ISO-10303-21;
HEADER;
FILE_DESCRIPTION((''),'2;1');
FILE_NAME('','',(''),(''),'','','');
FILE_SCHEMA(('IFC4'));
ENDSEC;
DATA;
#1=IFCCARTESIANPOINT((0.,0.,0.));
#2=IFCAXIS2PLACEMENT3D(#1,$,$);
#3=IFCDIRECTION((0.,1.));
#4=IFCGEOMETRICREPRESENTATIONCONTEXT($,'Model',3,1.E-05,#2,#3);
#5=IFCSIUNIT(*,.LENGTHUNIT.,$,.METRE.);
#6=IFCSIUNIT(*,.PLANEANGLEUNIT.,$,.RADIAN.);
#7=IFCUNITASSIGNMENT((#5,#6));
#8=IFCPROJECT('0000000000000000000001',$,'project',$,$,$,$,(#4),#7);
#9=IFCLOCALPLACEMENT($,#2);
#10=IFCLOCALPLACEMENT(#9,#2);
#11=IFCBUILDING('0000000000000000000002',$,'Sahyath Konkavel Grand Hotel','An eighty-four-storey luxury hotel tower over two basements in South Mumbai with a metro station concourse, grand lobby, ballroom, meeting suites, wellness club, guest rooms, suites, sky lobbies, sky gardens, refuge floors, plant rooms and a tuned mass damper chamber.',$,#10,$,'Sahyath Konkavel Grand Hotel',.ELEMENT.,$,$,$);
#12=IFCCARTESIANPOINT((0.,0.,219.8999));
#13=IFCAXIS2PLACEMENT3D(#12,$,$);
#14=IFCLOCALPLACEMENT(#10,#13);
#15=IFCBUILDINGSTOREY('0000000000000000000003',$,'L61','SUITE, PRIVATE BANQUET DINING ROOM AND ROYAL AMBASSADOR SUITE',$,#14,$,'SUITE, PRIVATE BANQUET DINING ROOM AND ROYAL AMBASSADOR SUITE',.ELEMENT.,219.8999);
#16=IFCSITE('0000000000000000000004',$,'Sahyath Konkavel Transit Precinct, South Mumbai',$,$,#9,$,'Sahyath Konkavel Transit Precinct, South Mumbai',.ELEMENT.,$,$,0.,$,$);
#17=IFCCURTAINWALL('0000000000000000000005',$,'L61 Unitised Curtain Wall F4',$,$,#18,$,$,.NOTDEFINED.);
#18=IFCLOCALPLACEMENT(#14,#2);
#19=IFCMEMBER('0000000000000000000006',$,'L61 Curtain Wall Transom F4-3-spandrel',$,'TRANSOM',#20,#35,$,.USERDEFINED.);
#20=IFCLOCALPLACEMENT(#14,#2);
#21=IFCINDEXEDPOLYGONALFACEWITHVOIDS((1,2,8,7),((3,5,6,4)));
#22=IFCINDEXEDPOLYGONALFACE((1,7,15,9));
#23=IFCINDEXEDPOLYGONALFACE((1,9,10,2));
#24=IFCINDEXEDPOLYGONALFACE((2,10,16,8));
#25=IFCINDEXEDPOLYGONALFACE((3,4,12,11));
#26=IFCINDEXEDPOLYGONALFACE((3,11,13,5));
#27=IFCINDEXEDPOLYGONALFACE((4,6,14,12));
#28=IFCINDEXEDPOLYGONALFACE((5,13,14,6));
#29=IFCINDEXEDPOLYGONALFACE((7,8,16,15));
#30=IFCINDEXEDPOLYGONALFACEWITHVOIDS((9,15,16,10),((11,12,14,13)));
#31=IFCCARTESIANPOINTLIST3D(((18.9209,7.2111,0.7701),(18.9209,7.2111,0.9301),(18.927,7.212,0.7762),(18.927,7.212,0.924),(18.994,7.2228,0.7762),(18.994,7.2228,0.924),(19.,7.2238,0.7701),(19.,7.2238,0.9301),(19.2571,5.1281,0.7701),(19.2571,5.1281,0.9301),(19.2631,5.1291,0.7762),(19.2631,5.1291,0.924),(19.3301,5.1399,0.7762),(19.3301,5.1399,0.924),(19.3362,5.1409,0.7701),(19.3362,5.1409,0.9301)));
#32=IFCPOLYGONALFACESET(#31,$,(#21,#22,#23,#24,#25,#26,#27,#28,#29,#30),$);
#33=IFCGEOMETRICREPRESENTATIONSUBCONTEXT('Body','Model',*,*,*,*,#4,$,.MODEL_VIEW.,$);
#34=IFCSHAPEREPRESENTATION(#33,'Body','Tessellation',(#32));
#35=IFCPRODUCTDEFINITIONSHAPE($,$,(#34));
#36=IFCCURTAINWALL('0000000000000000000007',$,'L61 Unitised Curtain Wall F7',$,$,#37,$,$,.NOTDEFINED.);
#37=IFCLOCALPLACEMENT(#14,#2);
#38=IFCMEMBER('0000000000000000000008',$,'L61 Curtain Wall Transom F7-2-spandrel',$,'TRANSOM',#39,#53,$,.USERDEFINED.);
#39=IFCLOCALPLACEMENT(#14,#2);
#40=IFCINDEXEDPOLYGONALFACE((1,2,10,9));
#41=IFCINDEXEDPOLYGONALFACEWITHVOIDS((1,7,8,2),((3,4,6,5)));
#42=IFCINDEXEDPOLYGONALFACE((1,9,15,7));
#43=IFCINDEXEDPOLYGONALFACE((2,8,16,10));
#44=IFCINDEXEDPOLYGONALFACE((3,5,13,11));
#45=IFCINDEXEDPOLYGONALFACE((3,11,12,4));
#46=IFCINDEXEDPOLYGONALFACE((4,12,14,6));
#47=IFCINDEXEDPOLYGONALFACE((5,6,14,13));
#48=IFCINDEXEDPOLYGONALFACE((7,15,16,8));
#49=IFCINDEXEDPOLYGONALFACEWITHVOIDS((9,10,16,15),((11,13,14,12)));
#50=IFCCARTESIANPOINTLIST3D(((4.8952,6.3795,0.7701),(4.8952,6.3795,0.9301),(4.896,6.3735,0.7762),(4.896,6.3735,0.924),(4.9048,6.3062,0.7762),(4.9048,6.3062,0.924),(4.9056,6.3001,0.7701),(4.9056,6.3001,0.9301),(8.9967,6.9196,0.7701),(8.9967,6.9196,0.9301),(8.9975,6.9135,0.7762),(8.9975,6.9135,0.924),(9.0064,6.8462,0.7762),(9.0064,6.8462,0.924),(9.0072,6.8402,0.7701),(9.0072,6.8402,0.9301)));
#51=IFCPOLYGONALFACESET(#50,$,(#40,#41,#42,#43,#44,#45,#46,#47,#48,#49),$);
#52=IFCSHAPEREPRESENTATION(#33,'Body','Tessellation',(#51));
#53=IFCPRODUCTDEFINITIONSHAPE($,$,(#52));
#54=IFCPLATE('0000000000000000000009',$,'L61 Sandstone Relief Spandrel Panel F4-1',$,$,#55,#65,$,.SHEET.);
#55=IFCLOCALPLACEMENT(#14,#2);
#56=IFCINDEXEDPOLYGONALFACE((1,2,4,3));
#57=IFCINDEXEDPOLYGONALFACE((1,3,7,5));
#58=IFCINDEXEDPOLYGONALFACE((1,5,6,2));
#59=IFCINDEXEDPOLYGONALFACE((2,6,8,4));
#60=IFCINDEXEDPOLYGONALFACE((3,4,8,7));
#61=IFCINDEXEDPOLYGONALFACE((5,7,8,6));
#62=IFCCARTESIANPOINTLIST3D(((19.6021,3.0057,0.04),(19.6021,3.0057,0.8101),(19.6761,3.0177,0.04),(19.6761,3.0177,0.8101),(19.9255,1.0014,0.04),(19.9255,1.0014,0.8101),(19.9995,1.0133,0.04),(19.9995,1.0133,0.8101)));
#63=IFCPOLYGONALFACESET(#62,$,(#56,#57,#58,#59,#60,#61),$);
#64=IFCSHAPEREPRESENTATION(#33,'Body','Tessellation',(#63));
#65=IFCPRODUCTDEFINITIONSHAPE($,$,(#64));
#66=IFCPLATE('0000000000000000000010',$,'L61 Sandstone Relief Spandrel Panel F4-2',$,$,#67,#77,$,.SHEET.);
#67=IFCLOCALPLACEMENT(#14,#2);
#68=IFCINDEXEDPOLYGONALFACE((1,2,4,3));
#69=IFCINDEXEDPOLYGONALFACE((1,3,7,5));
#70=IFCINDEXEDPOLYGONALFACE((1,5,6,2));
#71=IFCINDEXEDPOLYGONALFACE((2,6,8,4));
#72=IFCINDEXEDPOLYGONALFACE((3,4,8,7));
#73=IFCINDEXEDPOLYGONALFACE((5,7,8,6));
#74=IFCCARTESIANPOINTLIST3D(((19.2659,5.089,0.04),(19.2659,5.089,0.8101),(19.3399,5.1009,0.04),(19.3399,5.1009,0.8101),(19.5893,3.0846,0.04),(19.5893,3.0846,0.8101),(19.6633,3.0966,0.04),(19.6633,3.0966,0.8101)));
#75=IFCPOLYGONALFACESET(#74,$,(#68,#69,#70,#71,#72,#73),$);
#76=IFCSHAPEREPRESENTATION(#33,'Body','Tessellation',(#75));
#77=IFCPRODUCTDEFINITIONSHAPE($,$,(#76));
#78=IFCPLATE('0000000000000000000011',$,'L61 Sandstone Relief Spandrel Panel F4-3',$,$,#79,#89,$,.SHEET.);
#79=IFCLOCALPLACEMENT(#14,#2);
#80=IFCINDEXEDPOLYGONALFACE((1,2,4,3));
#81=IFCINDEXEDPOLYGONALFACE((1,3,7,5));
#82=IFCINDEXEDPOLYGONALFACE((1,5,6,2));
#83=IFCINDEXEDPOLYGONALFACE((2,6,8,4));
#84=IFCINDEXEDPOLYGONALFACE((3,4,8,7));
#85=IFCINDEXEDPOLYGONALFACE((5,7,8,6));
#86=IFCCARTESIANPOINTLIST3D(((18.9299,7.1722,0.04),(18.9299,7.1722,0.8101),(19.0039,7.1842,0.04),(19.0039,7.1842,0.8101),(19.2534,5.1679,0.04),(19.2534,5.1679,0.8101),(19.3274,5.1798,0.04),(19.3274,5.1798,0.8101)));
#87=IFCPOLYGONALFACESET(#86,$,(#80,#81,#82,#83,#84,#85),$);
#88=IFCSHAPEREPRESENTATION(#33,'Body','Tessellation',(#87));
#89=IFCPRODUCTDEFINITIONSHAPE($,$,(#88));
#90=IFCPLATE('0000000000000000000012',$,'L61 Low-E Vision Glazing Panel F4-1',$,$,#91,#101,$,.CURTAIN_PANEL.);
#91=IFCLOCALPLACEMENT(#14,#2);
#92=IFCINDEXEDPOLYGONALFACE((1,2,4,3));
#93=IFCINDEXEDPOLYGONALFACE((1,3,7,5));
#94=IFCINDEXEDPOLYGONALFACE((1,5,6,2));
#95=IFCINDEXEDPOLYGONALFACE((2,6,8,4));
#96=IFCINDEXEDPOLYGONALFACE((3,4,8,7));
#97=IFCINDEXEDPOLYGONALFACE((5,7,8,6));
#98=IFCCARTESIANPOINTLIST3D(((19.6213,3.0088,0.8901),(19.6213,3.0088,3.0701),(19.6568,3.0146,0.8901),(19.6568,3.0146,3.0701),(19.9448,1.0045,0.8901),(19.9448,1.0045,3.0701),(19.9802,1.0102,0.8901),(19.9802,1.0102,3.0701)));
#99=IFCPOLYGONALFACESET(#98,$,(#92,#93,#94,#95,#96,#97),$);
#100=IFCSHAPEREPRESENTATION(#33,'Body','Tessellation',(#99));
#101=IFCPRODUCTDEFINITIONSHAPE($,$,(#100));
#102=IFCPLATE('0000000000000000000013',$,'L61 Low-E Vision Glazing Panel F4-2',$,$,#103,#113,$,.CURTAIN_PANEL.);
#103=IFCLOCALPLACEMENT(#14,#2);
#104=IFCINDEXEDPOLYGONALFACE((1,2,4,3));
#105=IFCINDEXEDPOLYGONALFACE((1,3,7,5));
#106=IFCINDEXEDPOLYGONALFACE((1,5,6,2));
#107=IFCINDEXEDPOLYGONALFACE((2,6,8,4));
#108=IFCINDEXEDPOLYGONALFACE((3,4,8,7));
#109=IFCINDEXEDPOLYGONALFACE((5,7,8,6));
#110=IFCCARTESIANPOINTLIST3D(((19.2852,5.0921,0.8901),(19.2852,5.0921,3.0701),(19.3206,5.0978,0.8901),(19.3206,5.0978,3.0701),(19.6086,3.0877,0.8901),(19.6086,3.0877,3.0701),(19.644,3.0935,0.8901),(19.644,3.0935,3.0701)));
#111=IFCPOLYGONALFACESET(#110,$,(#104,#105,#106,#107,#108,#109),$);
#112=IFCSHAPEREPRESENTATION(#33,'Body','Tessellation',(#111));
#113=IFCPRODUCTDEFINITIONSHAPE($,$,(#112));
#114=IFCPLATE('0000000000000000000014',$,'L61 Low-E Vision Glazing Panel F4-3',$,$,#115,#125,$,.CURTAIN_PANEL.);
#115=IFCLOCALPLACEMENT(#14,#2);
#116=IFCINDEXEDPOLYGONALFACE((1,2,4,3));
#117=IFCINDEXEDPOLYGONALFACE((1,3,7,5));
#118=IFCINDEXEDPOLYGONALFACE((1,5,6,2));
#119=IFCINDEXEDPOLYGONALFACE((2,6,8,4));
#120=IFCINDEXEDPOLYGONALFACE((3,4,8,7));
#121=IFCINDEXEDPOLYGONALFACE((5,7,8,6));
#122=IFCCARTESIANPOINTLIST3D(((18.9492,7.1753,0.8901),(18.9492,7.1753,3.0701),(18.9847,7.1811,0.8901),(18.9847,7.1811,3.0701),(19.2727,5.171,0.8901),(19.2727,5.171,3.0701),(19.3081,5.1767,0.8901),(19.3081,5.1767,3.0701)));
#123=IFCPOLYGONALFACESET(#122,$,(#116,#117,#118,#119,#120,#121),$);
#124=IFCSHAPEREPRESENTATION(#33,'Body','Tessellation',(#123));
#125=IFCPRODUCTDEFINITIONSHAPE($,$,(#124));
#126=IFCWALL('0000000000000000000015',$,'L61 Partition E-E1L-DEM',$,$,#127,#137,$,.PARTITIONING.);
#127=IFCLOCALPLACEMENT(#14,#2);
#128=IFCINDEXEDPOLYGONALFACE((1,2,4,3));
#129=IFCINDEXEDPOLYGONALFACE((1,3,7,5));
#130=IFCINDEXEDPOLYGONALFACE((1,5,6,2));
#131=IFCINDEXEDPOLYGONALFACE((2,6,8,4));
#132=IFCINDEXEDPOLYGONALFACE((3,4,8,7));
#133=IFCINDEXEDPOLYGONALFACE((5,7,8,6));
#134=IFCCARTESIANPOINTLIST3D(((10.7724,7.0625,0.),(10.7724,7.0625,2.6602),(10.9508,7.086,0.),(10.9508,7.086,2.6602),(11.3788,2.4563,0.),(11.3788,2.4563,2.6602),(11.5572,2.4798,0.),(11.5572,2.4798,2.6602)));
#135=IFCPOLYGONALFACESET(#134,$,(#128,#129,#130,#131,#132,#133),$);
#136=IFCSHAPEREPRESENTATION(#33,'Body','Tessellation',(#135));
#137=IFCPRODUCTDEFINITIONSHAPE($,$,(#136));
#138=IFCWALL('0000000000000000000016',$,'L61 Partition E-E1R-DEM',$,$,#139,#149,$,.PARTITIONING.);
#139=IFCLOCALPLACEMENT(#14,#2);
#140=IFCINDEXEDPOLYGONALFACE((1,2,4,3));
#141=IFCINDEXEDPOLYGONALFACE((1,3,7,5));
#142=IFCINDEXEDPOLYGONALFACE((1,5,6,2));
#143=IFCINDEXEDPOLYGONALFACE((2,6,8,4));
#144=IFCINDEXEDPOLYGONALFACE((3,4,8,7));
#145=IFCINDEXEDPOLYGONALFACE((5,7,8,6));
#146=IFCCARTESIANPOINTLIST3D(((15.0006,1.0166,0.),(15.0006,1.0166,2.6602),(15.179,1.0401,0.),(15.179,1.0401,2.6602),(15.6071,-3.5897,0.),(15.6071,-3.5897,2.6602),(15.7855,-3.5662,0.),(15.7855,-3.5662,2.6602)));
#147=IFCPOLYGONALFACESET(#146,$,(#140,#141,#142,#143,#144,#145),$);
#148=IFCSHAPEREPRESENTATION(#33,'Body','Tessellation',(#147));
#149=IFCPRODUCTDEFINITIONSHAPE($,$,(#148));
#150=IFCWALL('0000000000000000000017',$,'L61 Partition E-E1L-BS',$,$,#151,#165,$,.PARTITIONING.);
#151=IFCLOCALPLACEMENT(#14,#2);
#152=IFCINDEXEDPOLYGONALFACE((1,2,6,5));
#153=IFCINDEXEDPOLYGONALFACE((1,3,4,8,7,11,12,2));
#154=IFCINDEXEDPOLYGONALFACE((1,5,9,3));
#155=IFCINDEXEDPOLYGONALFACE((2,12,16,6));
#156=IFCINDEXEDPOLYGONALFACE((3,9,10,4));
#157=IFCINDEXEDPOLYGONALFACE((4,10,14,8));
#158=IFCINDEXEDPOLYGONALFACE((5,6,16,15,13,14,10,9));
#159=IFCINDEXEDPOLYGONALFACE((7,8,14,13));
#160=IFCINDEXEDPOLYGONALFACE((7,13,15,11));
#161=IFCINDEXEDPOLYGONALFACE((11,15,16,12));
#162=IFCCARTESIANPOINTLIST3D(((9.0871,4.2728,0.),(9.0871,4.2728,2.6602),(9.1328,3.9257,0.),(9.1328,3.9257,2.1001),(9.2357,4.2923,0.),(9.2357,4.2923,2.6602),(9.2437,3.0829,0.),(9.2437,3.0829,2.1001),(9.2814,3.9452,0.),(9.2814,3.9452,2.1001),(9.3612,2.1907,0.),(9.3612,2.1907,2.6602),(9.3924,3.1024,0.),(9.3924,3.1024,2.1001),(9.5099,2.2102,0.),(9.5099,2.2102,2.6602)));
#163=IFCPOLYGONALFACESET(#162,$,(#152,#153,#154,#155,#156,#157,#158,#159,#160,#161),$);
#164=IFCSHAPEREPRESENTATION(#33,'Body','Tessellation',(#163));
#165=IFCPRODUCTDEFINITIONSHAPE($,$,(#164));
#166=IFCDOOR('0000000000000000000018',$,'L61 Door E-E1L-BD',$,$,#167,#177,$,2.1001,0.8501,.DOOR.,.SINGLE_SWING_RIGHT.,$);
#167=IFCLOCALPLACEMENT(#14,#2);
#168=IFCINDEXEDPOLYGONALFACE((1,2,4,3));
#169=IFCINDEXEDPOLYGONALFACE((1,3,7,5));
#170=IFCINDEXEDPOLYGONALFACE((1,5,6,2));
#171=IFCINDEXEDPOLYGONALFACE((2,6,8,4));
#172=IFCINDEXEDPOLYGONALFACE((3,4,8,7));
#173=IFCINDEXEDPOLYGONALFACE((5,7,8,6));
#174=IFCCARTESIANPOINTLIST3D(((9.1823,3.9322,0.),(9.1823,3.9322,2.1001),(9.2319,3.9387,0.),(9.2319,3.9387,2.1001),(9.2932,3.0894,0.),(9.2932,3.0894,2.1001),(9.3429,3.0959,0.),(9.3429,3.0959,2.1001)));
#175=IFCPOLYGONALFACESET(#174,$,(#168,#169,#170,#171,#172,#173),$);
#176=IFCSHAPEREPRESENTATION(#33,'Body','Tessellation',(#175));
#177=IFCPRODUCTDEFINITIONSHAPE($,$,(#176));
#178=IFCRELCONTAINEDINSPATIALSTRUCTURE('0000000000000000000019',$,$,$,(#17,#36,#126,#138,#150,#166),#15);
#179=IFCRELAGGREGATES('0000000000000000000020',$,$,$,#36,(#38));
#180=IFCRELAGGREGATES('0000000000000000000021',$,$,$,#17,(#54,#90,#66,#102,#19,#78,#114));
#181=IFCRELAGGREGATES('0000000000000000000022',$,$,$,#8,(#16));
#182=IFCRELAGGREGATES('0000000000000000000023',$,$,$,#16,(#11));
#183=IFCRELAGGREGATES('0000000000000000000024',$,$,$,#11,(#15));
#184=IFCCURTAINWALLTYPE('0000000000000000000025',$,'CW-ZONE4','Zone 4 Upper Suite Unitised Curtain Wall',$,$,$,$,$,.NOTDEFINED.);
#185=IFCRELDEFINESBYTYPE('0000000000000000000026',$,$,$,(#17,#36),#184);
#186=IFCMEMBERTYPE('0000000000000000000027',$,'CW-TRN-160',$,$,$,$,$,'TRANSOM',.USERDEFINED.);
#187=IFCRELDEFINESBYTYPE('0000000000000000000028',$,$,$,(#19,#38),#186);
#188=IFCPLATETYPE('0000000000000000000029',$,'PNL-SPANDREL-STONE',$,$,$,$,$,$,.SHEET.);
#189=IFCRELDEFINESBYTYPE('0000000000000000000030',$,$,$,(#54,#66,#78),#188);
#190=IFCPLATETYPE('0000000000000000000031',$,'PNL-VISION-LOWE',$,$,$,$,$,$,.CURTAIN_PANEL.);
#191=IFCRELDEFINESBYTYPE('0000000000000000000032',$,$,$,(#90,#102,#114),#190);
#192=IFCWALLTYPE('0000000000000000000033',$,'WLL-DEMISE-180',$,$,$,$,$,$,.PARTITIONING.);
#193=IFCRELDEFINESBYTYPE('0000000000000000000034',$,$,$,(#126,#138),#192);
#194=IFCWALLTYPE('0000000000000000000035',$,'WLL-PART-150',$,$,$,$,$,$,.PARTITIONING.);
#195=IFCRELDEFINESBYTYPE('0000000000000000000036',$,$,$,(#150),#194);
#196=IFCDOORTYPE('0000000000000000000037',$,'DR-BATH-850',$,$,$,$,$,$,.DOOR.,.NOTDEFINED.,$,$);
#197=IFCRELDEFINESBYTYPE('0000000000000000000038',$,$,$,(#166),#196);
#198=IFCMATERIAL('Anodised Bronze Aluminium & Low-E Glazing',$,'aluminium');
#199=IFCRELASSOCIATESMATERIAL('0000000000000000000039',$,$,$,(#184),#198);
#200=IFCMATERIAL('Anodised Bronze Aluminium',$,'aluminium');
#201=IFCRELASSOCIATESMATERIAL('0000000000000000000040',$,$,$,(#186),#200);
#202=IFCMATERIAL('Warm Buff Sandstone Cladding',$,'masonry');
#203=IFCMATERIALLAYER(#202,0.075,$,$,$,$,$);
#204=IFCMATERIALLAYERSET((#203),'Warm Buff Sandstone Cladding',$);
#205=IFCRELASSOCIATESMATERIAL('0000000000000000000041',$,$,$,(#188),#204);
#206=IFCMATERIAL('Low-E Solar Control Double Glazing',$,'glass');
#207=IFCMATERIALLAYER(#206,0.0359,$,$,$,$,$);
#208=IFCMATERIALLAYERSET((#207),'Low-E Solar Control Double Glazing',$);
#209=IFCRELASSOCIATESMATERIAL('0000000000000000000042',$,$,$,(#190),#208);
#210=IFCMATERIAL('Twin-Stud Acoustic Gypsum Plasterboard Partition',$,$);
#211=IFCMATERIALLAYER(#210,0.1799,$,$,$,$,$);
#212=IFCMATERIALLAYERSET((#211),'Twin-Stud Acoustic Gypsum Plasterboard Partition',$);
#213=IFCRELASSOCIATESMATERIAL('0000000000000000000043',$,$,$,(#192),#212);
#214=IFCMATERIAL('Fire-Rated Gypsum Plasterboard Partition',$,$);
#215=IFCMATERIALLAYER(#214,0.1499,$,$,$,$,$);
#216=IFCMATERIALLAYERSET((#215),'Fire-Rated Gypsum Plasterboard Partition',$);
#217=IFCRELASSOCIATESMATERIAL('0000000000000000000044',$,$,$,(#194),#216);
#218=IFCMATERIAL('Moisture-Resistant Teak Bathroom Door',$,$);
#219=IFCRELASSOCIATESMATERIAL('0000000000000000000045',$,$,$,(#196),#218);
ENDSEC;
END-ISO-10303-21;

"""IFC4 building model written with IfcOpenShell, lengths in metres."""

from ifc_helpers import new_model, si_unit, direction, frame, frame_2d, origin, origin_2d, place, context, subcontext, project, spatial, rectangle, hollow_rectangle, extrude, source, transform, mapped, material, layer, layer_set, material_profile, profile_set, type_object, element, fill, aggregate, save


model = new_model("IFC4")

# Units and contexts
model_context = context("Model", 3, precision=1e-05, world=origin(), true_north=direction((0.0, 1.0)))
body_context = subcontext(model_context, "Body", "Model", "MODEL_VIEW")
ifc_project = project(units=[si_unit("LENGTHUNIT", "METRE"), si_unit("PLANEANGLEUNIT", "RADIAN")], contexts=[model_context])

# Site, building, storey
site_placement = place(None, origin())
site = spatial("IfcSite", under=ifc_project, at=site_placement, Name="Sahyath Konkavel Transit Precinct, South Mumbai", LongName="Sahyath Konkavel Transit Precinct, South Mumbai", CompositionType="ELEMENT", RefElevation=0.0)
building_placement = place(site_placement, origin())
building = spatial("IfcBuilding", under=site, at=building_placement, Name="Sahyath Konkavel Grand Hotel", Description="An eighty-four-storey luxury hotel tower over two basements in South Mumbai with a metro station concourse, grand lobby, ballroom, meeting suites, wellness club, guest rooms, suites, sky lobbies, sky gardens, refuge floors, plant rooms and a tuned mass damper chamber.", LongName="Sahyath Konkavel Grand Hotel", CompositionType="ELEMENT")
storey_placement = place(building_placement, frame((0.0, 0.0, 219.8999)))
storey = spatial("IfcBuildingStorey", under=building, at=storey_placement, Name="L61", Description="SUITE, PRIVATE BANQUET DINING ROOM AND ROYAL AMBASSADOR SUITE", LongName="SUITE, PRIVATE BANQUET DINING ROOM AND ROYAL AMBASSADOR SUITE", CompositionType="ELEMENT", Elevation=219.8999)

# Curtain wall
ifc_material_1 = material(Name="Anodised Bronze Aluminium & Low-E Glazing", Category="aluminium")
curtain_wall_type = type_object("IfcCurtainWallType", Name="CW-ZONE4", Description="Zone 4 Upper Suite Unitised Curtain Wall", PredefinedType="NOTDEFINED", material=ifc_material_1)
curtain_wall_1_placement = place(storey_placement, origin())
curtain_wall_1 = element("IfcCurtainWall", 1, at=curtain_wall_1_placement, inside=storey, type_object=curtain_wall_type, Name="L61 Unitised Curtain Wall F4", PredefinedType="NOTDEFINED")
ifc_material_2 = material(Name="Anodised Bronze Aluminium", Category="aluminium")

# Member
ifc_material_profile_1 = material_profile(ifc_material_2, hollow_rectangle(XDim=0.0801, YDim=0.1599, WallThickness=0.0061, at=origin_2d()), Name="RHS 160x80x6")
ifc_profile_set_1 = profile_set([ifc_material_profile_1], Name="Anodised Bronze Aluminium")
member_type_1 = type_object("IfcMemberType", Name="CW-TRN-160", ElementType="TRANSOM", PredefinedType="USERDEFINED", material=ifc_profile_set_1)
shared_shape_1 = source(origin(), body_context, "Body", "SweptSolid", [
    extrude(hollow_rectangle(XDim=0.0801, YDim=0.1599, WallThickness=0.0061, at=origin_2d()), origin(), (0.0, 0.0, 1.0), 2.1099),
])
member_1_placement = place(storey_placement, frame((19.2966, 5.1345, 0.8501), z_axis=(-0.159331, 0.987225, 0.0), x_axis=(-0.987225, -0.159331, 0.0)))
member_1 = element("IfcMember", 2, at=member_1_placement, type_object=member_type_1, Name="L61 Curtain Wall Transom F4-3-spandrel", ObjectType="TRANSOM", PredefinedType="USERDEFINED", context=body_context, shape_type="MappedRepresentation", body=[
    mapped(shared_shape_1, transform((0.0, 0.0, 0.0), scale=1.0)),
])

# Curtain wall, member
curtain_wall_2_placement = place(storey_placement, origin())
curtain_wall_2 = element("IfcCurtainWall", 3, at=curtain_wall_2_placement, inside=storey, type_object=curtain_wall_type, Name="L61 Unitised Curtain Wall F7", PredefinedType="NOTDEFINED")
shared_shape_2 = source(origin(), body_context, "Body", "SweptSolid", [
    extrude(hollow_rectangle(XDim=0.0801, YDim=0.1599, WallThickness=0.0061, at=origin_2d()), origin(), (0.0, 0.0, 1.0), 4.137),
])
member_2_placement = place(storey_placement, frame((9.002, 6.8799, 0.8501), z_axis=(-0.991443, -0.13054, 0.0), x_axis=(0.13054, -0.991443, 0.0)))
member_2 = element("IfcMember", 4, at=member_2_placement, type_object=member_type_1, Name="L61 Curtain Wall Transom F7-2-spandrel", ObjectType="TRANSOM", PredefinedType="USERDEFINED", context=body_context, shape_type="MappedRepresentation", body=[
    mapped(shared_shape_2, transform((0.0, 0.0, 0.0), scale=1.0)),
])
aggregate(curtain_wall_2, [member_2])

# Plates
ifc_material_3 = material(Name="Warm Buff Sandstone Cladding", Category="masonry")
ifc_layer_1 = layer(ifc_material_3, 0.075)
ifc_layer_set_1 = layer_set([ifc_layer_1], Name="Warm Buff Sandstone Cladding")
plate_type_1 = type_object("IfcPlateType", Name="PNL-SPANDREL-STONE", PredefinedType="SHEET", material=ifc_layer_set_1)
shared_shape_3 = source(origin(), body_context, "Body", "SweptSolid", [
    extrude(rectangle(XDim=2.0303, YDim=0.075, at=origin_2d()), origin(), (0.0, 0.0, 1.0), 0.77),
])
plate_1_placement = place(storey_placement, frame((19.8008, 2.0095, 0.04), z_axis=(0.0, 0.0, 1.0), x_axis=(-0.159313, 0.987228, 0.0)))
plate_1 = element("IfcPlate", 5, at=plate_1_placement, type_object=plate_type_1, Name="L61 Sandstone Relief Spandrel Panel F4-1", PredefinedType="SHEET", context=body_context, shape_type="MappedRepresentation", body=[
    mapped(shared_shape_3, transform((0.0, 0.0, 0.0), scale=1.0)),
])
plate_2_placement = place(storey_placement, frame((19.4646, 4.0928, 0.04), z_axis=(0.0, 0.0, 1.0), x_axis=(-0.159313, 0.987228, 0.0)))
plate_2 = element("IfcPlate", 6, at=plate_2_placement, type_object=plate_type_1, Name="L61 Sandstone Relief Spandrel Panel F4-2", PredefinedType="SHEET", context=body_context, shape_type="MappedRepresentation", body=[
    mapped(shared_shape_3, transform((0.0, 0.0, 0.0), scale=1.0)),
])
plate_3_placement = place(storey_placement, frame((19.1287, 6.176, 0.04), z_axis=(0.0, 0.0, 1.0), x_axis=(-0.159313, 0.987228, 0.0)))
plate_3 = element("IfcPlate", 7, at=plate_3_placement, type_object=plate_type_1, Name="L61 Sandstone Relief Spandrel Panel F4-3", PredefinedType="SHEET", context=body_context, shape_type="MappedRepresentation", body=[
    mapped(shared_shape_3, transform((0.0, 0.0, 0.0), scale=1.0)),
])
ifc_material_4 = material(Name="Low-E Solar Control Double Glazing", Category="glass")
ifc_layer_2 = layer(ifc_material_4, 0.0359)
ifc_layer_set_2 = layer_set([ifc_layer_2], Name="Low-E Solar Control Double Glazing")
plate_type_2 = type_object("IfcPlateType", Name="PNL-VISION-LOWE", PredefinedType="CURTAIN_PANEL", material=ifc_layer_set_2)
shared_shape_4 = source(origin(), body_context, "Body", "SweptSolid", [
    extrude(rectangle(XDim=2.0303, YDim=0.0359, at=origin_2d()), origin(), (0.0, 0.0, 1.0), 2.1799),
])
plate_4_placement = place(storey_placement, frame((19.8008, 2.0095, 0.8901), z_axis=(0.0, 0.0, 1.0), x_axis=(-0.159313, 0.987228, 0.0)))
plate_4 = element("IfcPlate", 8, at=plate_4_placement, type_object=plate_type_2, Name="L61 Low-E Vision Glazing Panel F4-1", PredefinedType="CURTAIN_PANEL", context=body_context, shape_type="MappedRepresentation", body=[
    mapped(shared_shape_4, transform((0.0, 0.0, 0.0), scale=1.0)),
])
plate_5_placement = place(storey_placement, frame((19.4646, 4.0928, 0.8901), z_axis=(0.0, 0.0, 1.0), x_axis=(-0.159313, 0.987228, 0.0)))
plate_5 = element("IfcPlate", 9, at=plate_5_placement, type_object=plate_type_2, Name="L61 Low-E Vision Glazing Panel F4-2", PredefinedType="CURTAIN_PANEL", context=body_context, shape_type="MappedRepresentation", body=[
    mapped(shared_shape_4, transform((0.0, 0.0, 0.0), scale=1.0)),
])
plate_6_placement = place(storey_placement, frame((19.1287, 6.176, 0.8901), z_axis=(0.0, 0.0, 1.0), x_axis=(-0.159313, 0.987228, 0.0)))
plate_6 = element("IfcPlate", 10, at=plate_6_placement, type_object=plate_type_2, Name="L61 Low-E Vision Glazing Panel F4-3", PredefinedType="CURTAIN_PANEL", context=body_context, shape_type="MappedRepresentation", body=[
    mapped(shared_shape_4, transform((0.0, 0.0, 0.0), scale=1.0)),
])
aggregate(curtain_wall_1, [plate_1, plate_4, plate_2, plate_5, member_1, plate_3, plate_6])

# Walls
ifc_material_5 = material(Name="Twin-Stud Acoustic Gypsum Plasterboard Partition")
ifc_layer_3 = layer(ifc_material_5, 0.1799)
ifc_layer_set_3 = layer_set([ifc_layer_3], Name="Twin-Stud Acoustic Gypsum Plasterboard Partition")
wall_type_1 = type_object("IfcWallType", Name="WLL-DEMISE-180", PredefinedType="PARTITIONING", material=ifc_layer_set_3)
for number, where, z_axis, x_axis, name in (
    (11, (11.468, 2.468, 0.0), (0.0, 0.0, 1.0), (-0.130532, 0.991444, 0.0), "L61 Partition E-E1L-DEM"),
    (12, (15.0898, 1.0283, 0.0), (0.0, 0.0, 1.0), (0.130532, -0.991444, 0.0), "L61 Partition E-E1R-DEM"),
):
    element("IfcWall", number, at=place(storey_placement, frame(where, z_axis=z_axis, x_axis=x_axis)), inside=storey, type_object=wall_type_1, Name=name, PredefinedType="PARTITIONING", context=body_context, shape_type="SweptSolid", body=[
        extrude(rectangle(XDim=4.646, YDim=0.1799, at=frame_2d((2.323, 0.0))), origin(), (0.0, 0.0, 1.0), 2.6602),
    ])

# Wall, opening, door
ifc_material_6 = material(Name="Fire-Rated Gypsum Plasterboard Partition")
ifc_layer_4 = layer(ifc_material_6, 0.1499)
ifc_layer_set_4 = layer_set([ifc_layer_4], Name="Fire-Rated Gypsum Plasterboard Partition")
wall_type_2 = type_object("IfcWallType", Name="WLL-PART-150", PredefinedType="PARTITIONING", material=ifc_layer_set_4)
wall_1_placement = place(storey_placement, frame((9.4355, 2.2004, 0.0), z_axis=(0.0, 0.0, 1.0), x_axis=(-0.130557, 0.991441, 0.0)))
wall_1 = element("IfcWall", 13, at=wall_1_placement, inside=storey, type_object=wall_type_2, Name="L61 Partition E-E1L-BS", PredefinedType="PARTITIONING", context=body_context, shape_type="SweptSolid", body=[
    extrude(rectangle(XDim=2.1001, YDim=0.1499, at=frame_2d((1.05, 0.0))), origin(), (0.0, 0.0, 1.0), 2.6602),
])
opening_1_placement = place(wall_1_placement, frame((0.8999, 0.0, 0.0)))
opening_1 = element("IfcOpeningElement", 14, at=opening_1_placement, cuts=wall_1, PredefinedType="OPENING", context=body_context, shape_type="SweptSolid", body=[
    extrude(rectangle(XDim=0.8501, YDim=2.1001, at=frame_2d((0.425, 1.05))), frame((0.0, 0.085, 0.0), z_axis=(0.0, -1.0, 0.0), x_axis=(1.0, 0.0, 0.0)), (0.0, 0.0, 1.0), 0.1699),
])
ifc_material_7 = material(Name="Moisture-Resistant Teak Bathroom Door")
door_type = type_object("IfcDoorType", Name="DR-BATH-850", OperationType="NOTDEFINED", PredefinedType="DOOR", material=ifc_material_7)
shared_shape_5 = source(origin(), body_context, "Body", "SweptSolid", [
    extrude(rectangle(XDim=0.8501, YDim=0.05, at=origin_2d()), origin(), (0.0, 0.0, 1.0), 2.1001),
])
door_1_placement = place(opening_1_placement, frame((0.425, 0.0, 0.0)))
door_1 = element("IfcDoor", 15, at=door_1_placement, inside=storey, type_object=door_type, Name="L61 Door E-E1L-BD", OperationType="SINGLE_SWING_RIGHT", OverallHeight=2.1001, OverallWidth=0.8501, PredefinedType="DOOR", context=body_context, shape_type="MappedRepresentation", body=[
    mapped(shared_shape_5, transform((0.0, 0.0, 0.0), scale=1.0)),
])
fill(opening_1, door_1)

save(model, "model.ifc")
